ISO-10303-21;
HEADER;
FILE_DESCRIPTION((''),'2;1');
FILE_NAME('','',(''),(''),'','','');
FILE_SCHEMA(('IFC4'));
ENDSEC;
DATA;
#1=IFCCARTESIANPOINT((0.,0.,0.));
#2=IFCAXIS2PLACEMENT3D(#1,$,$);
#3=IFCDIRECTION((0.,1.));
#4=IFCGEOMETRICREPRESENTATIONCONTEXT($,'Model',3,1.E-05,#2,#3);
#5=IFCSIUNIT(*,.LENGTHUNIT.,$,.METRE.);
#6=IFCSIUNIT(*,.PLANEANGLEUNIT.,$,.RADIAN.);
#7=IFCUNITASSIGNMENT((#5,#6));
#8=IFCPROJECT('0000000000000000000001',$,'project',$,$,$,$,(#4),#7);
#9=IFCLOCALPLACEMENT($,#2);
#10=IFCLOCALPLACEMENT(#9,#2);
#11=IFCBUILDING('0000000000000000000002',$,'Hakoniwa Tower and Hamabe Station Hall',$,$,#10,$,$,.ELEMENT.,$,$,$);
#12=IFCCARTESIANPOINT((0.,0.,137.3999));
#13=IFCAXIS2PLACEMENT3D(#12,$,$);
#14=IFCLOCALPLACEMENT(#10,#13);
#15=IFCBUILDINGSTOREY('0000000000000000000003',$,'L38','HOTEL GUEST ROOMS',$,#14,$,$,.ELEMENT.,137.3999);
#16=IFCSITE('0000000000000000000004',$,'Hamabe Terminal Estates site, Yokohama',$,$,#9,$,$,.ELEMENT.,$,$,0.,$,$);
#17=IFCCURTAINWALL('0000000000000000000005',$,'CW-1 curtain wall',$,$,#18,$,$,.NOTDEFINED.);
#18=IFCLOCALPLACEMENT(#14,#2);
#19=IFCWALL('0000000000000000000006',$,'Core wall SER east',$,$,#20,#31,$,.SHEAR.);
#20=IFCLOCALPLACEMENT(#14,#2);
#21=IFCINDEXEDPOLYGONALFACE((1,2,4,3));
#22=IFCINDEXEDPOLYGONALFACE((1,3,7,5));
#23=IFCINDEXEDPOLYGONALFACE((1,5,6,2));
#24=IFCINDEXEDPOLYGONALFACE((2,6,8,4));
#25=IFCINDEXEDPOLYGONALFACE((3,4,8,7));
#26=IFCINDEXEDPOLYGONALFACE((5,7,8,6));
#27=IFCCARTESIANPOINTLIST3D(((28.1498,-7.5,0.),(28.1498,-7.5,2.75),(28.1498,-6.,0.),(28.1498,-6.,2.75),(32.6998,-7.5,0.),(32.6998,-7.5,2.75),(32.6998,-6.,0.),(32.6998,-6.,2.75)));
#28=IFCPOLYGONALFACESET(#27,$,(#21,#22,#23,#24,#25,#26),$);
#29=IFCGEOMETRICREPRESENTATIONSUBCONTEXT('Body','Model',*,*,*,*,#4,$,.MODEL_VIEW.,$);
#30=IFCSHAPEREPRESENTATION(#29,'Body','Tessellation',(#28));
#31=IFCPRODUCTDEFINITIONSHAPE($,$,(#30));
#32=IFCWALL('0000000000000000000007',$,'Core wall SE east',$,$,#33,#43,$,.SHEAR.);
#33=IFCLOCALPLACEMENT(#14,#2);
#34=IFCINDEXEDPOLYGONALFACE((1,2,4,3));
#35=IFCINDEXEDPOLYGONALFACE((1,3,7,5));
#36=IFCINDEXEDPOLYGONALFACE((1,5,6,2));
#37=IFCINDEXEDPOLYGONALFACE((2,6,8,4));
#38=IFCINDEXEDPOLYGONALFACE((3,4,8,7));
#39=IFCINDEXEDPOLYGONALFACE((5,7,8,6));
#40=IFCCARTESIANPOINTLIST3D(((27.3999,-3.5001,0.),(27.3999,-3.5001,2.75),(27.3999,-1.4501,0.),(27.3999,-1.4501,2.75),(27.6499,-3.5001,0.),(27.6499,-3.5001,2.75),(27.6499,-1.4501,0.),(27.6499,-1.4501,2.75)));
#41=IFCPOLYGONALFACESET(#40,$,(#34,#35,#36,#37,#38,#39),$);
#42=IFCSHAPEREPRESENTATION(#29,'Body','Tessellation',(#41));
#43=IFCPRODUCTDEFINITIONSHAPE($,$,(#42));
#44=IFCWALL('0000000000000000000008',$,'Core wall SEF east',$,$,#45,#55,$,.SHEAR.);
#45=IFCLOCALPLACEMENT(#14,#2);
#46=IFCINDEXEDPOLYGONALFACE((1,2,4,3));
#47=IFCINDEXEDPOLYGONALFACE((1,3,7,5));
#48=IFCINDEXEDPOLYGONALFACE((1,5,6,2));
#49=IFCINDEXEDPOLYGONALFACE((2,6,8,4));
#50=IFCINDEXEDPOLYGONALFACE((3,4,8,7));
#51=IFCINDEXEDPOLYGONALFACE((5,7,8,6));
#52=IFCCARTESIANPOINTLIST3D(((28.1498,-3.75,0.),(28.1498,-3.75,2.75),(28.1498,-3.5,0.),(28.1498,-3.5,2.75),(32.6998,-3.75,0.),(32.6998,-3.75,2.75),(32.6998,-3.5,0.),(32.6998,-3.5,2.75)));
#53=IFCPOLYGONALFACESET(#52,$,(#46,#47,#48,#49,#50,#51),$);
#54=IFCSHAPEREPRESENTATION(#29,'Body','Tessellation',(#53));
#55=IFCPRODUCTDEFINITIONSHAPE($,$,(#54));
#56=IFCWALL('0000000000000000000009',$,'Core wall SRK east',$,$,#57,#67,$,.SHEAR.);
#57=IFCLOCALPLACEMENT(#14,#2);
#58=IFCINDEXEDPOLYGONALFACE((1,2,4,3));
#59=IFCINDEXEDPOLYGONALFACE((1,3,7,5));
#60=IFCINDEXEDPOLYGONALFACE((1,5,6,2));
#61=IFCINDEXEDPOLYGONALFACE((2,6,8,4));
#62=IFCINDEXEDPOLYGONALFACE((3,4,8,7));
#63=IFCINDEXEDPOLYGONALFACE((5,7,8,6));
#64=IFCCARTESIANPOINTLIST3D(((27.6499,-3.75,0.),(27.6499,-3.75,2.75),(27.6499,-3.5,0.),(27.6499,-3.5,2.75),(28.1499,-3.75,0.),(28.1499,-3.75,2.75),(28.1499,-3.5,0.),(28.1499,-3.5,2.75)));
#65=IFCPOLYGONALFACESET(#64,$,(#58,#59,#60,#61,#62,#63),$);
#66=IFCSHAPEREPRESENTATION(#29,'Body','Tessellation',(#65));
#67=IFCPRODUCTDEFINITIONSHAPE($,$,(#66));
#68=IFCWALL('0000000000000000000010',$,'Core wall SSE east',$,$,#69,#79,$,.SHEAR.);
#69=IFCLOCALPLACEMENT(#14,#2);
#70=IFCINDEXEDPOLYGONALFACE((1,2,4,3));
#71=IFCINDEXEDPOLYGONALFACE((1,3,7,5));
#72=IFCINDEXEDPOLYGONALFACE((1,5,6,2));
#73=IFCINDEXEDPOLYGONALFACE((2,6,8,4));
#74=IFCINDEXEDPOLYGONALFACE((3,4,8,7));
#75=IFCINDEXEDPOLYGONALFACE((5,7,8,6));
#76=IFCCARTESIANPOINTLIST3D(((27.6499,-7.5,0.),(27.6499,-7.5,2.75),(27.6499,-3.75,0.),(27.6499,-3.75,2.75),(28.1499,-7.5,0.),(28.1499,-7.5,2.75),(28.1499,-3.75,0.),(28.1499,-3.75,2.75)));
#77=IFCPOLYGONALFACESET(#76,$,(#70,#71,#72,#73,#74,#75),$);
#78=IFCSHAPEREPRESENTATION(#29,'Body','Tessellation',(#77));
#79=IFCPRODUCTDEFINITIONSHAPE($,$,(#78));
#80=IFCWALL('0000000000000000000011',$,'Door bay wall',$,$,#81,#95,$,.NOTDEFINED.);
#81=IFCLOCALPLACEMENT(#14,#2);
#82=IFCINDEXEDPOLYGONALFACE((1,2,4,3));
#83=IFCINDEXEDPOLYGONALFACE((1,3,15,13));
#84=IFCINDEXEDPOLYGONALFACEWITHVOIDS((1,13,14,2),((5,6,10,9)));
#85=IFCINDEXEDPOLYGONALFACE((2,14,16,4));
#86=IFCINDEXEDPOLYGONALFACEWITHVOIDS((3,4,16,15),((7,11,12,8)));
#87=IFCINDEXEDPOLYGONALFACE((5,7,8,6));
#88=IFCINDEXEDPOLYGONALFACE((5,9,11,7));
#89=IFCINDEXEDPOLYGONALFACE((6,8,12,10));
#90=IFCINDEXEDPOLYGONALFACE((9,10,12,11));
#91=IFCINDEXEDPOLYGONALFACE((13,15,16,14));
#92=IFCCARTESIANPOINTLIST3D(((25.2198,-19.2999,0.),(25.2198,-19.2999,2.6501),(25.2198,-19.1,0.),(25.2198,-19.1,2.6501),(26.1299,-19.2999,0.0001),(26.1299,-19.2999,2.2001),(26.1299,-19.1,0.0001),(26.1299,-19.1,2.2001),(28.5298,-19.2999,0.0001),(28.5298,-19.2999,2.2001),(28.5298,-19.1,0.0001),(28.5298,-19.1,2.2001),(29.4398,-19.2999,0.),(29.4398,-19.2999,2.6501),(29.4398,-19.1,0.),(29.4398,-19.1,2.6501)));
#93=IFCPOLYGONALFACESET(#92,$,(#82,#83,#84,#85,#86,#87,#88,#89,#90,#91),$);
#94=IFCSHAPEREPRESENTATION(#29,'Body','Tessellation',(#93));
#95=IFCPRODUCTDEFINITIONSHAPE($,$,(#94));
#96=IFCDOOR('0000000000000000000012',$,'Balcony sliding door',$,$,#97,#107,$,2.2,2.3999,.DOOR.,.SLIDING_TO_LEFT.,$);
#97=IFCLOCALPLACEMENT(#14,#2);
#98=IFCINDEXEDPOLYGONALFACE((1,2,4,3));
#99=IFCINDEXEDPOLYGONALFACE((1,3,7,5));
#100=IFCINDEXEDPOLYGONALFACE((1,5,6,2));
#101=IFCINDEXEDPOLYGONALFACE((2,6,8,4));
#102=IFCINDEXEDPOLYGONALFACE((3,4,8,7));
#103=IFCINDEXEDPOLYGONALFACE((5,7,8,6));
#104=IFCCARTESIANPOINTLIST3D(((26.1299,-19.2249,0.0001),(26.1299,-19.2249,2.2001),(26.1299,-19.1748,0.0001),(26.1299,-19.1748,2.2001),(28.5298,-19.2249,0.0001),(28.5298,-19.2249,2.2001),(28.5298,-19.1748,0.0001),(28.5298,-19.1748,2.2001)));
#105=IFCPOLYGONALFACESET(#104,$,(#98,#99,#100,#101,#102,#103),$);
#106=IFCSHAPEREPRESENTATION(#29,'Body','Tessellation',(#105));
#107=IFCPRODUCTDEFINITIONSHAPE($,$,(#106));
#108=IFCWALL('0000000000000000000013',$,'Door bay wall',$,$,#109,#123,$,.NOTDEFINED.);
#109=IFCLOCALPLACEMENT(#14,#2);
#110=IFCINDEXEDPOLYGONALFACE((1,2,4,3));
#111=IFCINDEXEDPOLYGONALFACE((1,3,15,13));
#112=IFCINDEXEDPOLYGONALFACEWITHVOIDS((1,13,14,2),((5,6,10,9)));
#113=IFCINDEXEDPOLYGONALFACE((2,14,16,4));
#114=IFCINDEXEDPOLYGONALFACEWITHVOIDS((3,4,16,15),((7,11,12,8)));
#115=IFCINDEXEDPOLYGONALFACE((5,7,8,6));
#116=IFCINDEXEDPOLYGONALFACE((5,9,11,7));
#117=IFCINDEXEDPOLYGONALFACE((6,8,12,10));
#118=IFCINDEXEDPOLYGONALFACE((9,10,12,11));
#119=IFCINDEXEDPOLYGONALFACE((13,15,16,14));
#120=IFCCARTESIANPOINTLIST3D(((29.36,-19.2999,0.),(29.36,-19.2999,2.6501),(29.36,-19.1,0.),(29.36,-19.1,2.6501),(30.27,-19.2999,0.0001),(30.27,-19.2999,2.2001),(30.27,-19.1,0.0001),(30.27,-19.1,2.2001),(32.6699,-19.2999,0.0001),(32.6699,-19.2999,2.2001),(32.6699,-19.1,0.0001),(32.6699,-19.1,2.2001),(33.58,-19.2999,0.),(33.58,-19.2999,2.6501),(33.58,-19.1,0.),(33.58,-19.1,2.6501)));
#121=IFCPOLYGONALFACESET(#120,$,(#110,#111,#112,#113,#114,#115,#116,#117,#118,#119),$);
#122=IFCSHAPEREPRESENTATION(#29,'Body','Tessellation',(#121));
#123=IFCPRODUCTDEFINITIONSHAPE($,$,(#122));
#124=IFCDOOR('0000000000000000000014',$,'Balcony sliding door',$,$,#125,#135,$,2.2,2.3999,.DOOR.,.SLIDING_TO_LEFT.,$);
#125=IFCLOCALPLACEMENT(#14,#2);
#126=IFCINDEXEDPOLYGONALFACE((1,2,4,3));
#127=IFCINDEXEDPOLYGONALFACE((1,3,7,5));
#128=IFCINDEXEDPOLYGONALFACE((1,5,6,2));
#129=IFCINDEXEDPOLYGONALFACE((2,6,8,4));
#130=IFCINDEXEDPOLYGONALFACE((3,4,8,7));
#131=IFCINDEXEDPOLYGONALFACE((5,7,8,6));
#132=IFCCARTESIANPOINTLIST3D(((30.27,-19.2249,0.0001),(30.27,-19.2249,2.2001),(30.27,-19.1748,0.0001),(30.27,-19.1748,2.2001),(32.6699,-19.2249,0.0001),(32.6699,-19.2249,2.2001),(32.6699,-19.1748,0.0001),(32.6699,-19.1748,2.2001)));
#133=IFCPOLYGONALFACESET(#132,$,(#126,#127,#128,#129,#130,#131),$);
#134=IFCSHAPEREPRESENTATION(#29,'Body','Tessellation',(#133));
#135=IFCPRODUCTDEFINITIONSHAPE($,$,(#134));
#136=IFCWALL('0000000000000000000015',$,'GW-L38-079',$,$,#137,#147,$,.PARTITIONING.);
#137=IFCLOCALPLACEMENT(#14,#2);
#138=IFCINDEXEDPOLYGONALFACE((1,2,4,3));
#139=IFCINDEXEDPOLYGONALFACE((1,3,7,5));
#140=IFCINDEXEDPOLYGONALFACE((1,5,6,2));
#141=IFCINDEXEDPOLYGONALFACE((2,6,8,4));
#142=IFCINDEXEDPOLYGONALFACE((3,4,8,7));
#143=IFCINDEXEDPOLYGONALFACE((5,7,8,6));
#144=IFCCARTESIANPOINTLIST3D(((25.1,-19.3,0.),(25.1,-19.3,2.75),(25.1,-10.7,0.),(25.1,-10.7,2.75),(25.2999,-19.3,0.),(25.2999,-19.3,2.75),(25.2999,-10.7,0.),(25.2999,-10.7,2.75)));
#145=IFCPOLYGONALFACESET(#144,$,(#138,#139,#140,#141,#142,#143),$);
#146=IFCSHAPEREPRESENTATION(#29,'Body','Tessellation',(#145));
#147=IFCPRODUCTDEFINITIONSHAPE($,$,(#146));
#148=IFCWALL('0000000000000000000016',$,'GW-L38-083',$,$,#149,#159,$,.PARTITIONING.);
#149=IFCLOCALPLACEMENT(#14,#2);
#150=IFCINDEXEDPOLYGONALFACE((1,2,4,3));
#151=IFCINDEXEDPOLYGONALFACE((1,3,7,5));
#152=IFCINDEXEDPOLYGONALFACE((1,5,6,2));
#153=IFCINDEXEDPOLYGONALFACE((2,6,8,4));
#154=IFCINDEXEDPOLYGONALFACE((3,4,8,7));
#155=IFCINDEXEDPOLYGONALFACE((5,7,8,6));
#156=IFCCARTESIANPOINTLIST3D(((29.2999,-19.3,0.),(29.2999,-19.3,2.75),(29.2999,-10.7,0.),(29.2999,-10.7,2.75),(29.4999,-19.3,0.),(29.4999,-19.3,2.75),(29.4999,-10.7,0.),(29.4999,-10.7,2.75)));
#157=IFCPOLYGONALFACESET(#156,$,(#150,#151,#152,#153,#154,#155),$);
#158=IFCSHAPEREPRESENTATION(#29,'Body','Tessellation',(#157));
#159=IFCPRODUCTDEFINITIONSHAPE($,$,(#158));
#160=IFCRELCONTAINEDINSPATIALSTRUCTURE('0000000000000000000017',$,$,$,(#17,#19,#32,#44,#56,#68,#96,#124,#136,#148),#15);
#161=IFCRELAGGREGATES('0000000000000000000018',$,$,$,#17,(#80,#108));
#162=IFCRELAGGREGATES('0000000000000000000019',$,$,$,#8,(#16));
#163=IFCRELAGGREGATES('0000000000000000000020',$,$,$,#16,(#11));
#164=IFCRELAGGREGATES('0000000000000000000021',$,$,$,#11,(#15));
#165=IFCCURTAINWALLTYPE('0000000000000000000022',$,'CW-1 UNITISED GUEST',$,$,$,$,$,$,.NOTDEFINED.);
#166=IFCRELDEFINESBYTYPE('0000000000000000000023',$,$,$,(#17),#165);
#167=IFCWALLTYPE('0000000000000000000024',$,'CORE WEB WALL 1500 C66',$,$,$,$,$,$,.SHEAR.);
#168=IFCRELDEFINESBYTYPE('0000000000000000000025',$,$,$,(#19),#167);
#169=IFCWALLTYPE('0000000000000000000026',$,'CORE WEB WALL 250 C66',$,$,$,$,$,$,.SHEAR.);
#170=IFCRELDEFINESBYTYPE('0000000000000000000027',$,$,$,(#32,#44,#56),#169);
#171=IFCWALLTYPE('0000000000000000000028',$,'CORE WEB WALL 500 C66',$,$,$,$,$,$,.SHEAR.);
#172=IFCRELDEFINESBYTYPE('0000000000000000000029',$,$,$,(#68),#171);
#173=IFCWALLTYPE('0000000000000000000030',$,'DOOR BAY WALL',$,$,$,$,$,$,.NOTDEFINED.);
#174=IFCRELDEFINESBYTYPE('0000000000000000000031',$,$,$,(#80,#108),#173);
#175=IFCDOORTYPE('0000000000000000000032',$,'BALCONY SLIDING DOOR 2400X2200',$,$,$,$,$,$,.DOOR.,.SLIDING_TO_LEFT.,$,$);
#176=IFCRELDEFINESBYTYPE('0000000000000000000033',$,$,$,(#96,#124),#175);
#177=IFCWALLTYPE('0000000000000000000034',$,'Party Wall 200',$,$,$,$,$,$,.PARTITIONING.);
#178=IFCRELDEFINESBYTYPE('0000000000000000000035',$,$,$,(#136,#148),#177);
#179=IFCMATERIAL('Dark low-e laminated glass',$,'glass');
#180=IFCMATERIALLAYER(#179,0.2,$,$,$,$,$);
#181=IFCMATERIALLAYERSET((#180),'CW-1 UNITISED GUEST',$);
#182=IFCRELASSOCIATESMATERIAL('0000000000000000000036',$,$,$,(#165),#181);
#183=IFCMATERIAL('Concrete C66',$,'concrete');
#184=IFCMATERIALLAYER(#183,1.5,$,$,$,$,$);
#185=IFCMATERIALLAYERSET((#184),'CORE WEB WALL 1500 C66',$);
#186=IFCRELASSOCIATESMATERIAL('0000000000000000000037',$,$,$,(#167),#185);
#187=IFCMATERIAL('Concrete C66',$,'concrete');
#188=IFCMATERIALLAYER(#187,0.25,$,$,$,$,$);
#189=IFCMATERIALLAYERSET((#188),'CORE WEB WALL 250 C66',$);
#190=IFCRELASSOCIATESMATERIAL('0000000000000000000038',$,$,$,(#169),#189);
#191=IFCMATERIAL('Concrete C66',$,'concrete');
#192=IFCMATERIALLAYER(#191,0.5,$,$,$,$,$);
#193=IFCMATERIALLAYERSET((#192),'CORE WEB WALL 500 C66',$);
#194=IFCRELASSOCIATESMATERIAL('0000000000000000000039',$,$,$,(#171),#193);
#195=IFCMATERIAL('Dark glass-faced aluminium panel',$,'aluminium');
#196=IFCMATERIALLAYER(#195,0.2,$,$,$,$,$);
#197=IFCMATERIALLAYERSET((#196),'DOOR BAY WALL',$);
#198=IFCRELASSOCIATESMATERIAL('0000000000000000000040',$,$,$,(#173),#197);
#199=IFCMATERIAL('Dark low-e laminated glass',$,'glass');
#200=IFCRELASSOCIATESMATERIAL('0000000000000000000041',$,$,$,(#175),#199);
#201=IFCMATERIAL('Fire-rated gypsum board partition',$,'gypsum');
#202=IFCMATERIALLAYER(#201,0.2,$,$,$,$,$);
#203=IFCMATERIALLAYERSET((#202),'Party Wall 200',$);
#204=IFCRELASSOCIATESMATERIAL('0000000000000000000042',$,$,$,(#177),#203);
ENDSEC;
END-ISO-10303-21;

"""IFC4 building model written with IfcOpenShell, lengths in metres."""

from ifc_helpers import new_model, si_unit, direction, frame, frame_2d, origin, place, context, subcontext, project, spatial, rectangle, extrude, material, layer, layer_set, type_object, element, fill, aggregate, save


model = new_model("IFC4")

# Units and contexts
model_context = context("Model", 3, precision=1e-05, world=origin(), true_north=direction((0.0, 1.0)))
body_context = subcontext(model_context, "Body", "Model", "MODEL_VIEW")
ifc_project = project(units=[si_unit("LENGTHUNIT", "METRE"), si_unit("PLANEANGLEUNIT", "RADIAN")], contexts=[model_context])

# Site, building, storey
site_placement = place(None, origin())
site = spatial("IfcSite", under=ifc_project, at=site_placement, Name="Hamabe Terminal Estates site, Yokohama", CompositionType="ELEMENT", RefElevation=0.0)
building_placement = place(site_placement, origin())
building = spatial("IfcBuilding", under=site, at=building_placement, Name="Hakoniwa Tower and Hamabe Station Hall", CompositionType="ELEMENT")
storey_placement = place(building_placement, frame((0.0, 0.0, 137.3999)))
storey = spatial("IfcBuildingStorey", under=building, at=storey_placement, Name="L38", Description="HOTEL GUEST ROOMS", CompositionType="ELEMENT", Elevation=137.3999)

# Curtain wall
ifc_material_1 = material(Name="Dark low-e laminated glass", Category="glass")
ifc_layer_1 = layer(ifc_material_1, 0.2)
ifc_layer_set_1 = layer_set([ifc_layer_1], Name="CW-1 UNITISED GUEST")
curtain_wall_type = type_object("IfcCurtainWallType", Name="CW-1 UNITISED GUEST", PredefinedType="NOTDEFINED", material=ifc_layer_set_1)
curtain_wall_placement = place(storey_placement, origin())
curtain_wall = element("IfcCurtainWall", 1, at=curtain_wall_placement, inside=storey, type_object=curtain_wall_type, Name="CW-1 curtain wall", PredefinedType="NOTDEFINED")

# Walls
ifc_material_2 = material(Name="Concrete C66", Category="concrete")
ifc_layer_2 = layer(ifc_material_2, 1.5)
ifc_layer_set_2 = layer_set([ifc_layer_2], Name="CORE WEB WALL 1500 C66")
wall_type_1 = type_object("IfcWallType", Name="CORE WEB WALL 1500 C66", PredefinedType="SHEAR", material=ifc_layer_set_2)
wall_1_placement = place(storey_placement, frame((28.1499, -6.75, 0.0), z_axis=(0.0, 0.0, 1.0), x_axis=(1.0, 0.0, 0.0)))
element("IfcWall", 2, at=wall_1_placement, inside=storey, type_object=wall_type_1, Name="Core wall SER east", PredefinedType="SHEAR", context=body_context, shape_type="SweptSolid", body=[
    extrude(rectangle(XDim=4.55, YDim=1.5, at=frame_2d((2.2749, 0.0))), origin(), (0.0, 0.0, 1.0), 2.75),
])
ifc_material_3 = material(Name="Concrete C66", Category="concrete")
ifc_layer_3 = layer(ifc_material_3, 0.25)
ifc_layer_set_3 = layer_set([ifc_layer_3], Name="CORE WEB WALL 250 C66")
wall_type_2 = type_object("IfcWallType", Name="CORE WEB WALL 250 C66", PredefinedType="SHEAR", material=ifc_layer_set_3)
wall_2_placement = place(storey_placement, frame((27.5249, -3.5, 0.0), z_axis=(0.0, 0.0, 1.0), x_axis=(0.0, 1.0, 0.0)))
element("IfcWall", 3, at=wall_2_placement, inside=storey, type_object=wall_type_2, Name="Core wall SE east", PredefinedType="SHEAR", context=body_context, shape_type="SweptSolid", body=[
    extrude(rectangle(XDim=2.05, YDim=0.25, at=frame_2d((1.0249, 0.0))), origin(), (0.0, 0.0, 1.0), 2.75),
])
wall_3_placement = place(storey_placement, frame((28.1499, -3.625, 0.0), z_axis=(0.0, 0.0, 1.0), x_axis=(1.0, 0.0, 0.0)))
element("IfcWall", 4, at=wall_3_placement, inside=storey, type_object=wall_type_2, Name="Core wall SEF east", PredefinedType="SHEAR", context=body_context, shape_type="SweptSolid", body=[
    extrude(rectangle(XDim=4.55, YDim=0.25, at=frame_2d((2.2749, 0.0))), origin(), (0.0, 0.0, 1.0), 2.75),
])
wall_4_placement = place(storey_placement, frame((27.6499, -3.625, 0.0), z_axis=(0.0, 0.0, 1.0), x_axis=(1.0, 0.0, 0.0)))
element("IfcWall", 5, at=wall_4_placement, inside=storey, type_object=wall_type_2, Name="Core wall SRK east", PredefinedType="SHEAR", context=body_context, shape_type="SweptSolid", body=[
    extrude(rectangle(XDim=0.5, YDim=0.25, at=frame_2d((0.25, 0.0))), origin(), (0.0, 0.0, 1.0), 2.75),
])
ifc_material_4 = material(Name="Concrete C66", Category="concrete")
ifc_layer_4 = layer(ifc_material_4, 0.5)
ifc_layer_set_4 = layer_set([ifc_layer_4], Name="CORE WEB WALL 500 C66")
wall_type_3 = type_object("IfcWallType", Name="CORE WEB WALL 500 C66", PredefinedType="SHEAR", material=ifc_layer_set_4)
wall_5_placement = place(storey_placement, frame((27.8999, -7.5, 0.0), z_axis=(0.0, 0.0, 1.0), x_axis=(0.0, 1.0, 0.0)))
element("IfcWall", 6, at=wall_5_placement, inside=storey, type_object=wall_type_3, Name="Core wall SSE east", PredefinedType="SHEAR", context=body_context, shape_type="SweptSolid", body=[
    extrude(rectangle(XDim=3.75, YDim=0.5, at=frame_2d((1.875, 0.0))), origin(), (0.0, 0.0, 1.0), 2.75),
])

# Walls, openings, doors
ifc_material_5 = material(Name="Dark glass-faced aluminium panel", Category="aluminium")
ifc_layer_5 = layer(ifc_material_5, 0.2)
ifc_layer_set_5 = layer_set([ifc_layer_5], Name="DOOR BAY WALL")
wall_type_4 = type_object("IfcWallType", Name="DOOR BAY WALL", PredefinedType="NOTDEFINED", material=ifc_layer_set_5)
wall_6_placement = place(storey_placement, frame((25.22, -19.2, 0.0), z_axis=(0.0, 0.0, 1.0), x_axis=(1.0, 0.0, 0.0)))
wall_6 = element("IfcWall", 7, at=wall_6_placement, type_object=wall_type_4, Name="Door bay wall", PredefinedType="NOTDEFINED", context=body_context, shape_type="SweptSolid", body=[
    extrude(rectangle(XDim=4.22, YDim=0.2, at=frame_2d((2.1099, 0.0))), origin(), (0.0, 0.0, 1.0), 2.6501),
])
opening_1_placement = place(wall_6_placement, frame((0.9099, 0.0, 0.0)))
opening_1 = element("IfcOpeningElement", 8, at=opening_1_placement, cuts=wall_6, PredefinedType="OPENING", context=body_context, shape_type="SweptSolid", body=[
    extrude(rectangle(XDim=2.3999, YDim=2.2, at=frame_2d((1.2, 1.1001))), frame((0.0, 0.1099, 0.0), z_axis=(0.0, -1.0, 0.0), x_axis=(1.0, 0.0, 0.0)), (0.0, 0.0, 1.0), 0.22),
])
ifc_material_6 = material(Name="Dark low-e laminated glass", Category="glass")
door_type_1 = type_object("IfcDoorType", Name="BALCONY SLIDING DOOR 2400X2200", OperationType="SLIDING_TO_LEFT", PredefinedType="DOOR", material=ifc_material_6)
door_1_placement = place(opening_1_placement, frame((2.3999, 0.0, 0.0), z_axis=(0.0, 0.0, 1.0), x_axis=(-1.0, 0.0, 0.0)))
door_1 = element("IfcDoor", 9, at=door_1_placement, inside=storey, type_object=door_type_1, Name="Balcony sliding door", OperationType="SLIDING_TO_LEFT", OverallHeight=2.2, OverallWidth=2.3999, PredefinedType="DOOR", context=body_context, shape_type="SweptSolid", body=[
    extrude(rectangle(XDim=2.3999, YDim=2.2, at=frame_2d((1.2, 1.1001))), frame((0.0, 0.0249, 0.0), z_axis=(0.0, -1.0, 0.0), x_axis=(1.0, 0.0, 0.0)), (0.0, 0.0, 1.0), 0.05),
])
fill(opening_1, door_1)
wall_7_placement = place(storey_placement, frame((29.3601, -19.2, 0.0), z_axis=(0.0, 0.0, 1.0), x_axis=(1.0, 0.0, 0.0)))
wall_7 = element("IfcWall", 10, at=wall_7_placement, type_object=wall_type_4, Name="Door bay wall", PredefinedType="NOTDEFINED", context=body_context, shape_type="SweptSolid", body=[
    extrude(rectangle(XDim=4.22, YDim=0.2, at=frame_2d((2.1099, 0.0))), origin(), (0.0, 0.0, 1.0), 2.6501),
])
opening_2_placement = place(wall_7_placement, frame((0.9099, 0.0, 0.0)))
opening_2 = element("IfcOpeningElement", 11, at=opening_2_placement, cuts=wall_7, PredefinedType="OPENING", context=body_context, shape_type="SweptSolid", body=[
    extrude(rectangle(XDim=2.3999, YDim=2.2, at=frame_2d((1.2, 1.1001))), frame((0.0, 0.1099, 0.0), z_axis=(0.0, -1.0, 0.0), x_axis=(1.0, 0.0, 0.0)), (0.0, 0.0, 1.0), 0.22),
])
door_2_placement = place(opening_2_placement, frame((2.3999, 0.0, 0.0), z_axis=(0.0, 0.0, 1.0), x_axis=(-1.0, 0.0, 0.0)))
door_2 = element("IfcDoor", 12, at=door_2_placement, inside=storey, type_object=door_type_1, Name="Balcony sliding door", OperationType="SLIDING_TO_LEFT", OverallHeight=2.2, OverallWidth=2.3999, PredefinedType="DOOR", context=body_context, shape_type="SweptSolid", body=[
    extrude(rectangle(XDim=2.3999, YDim=2.2, at=frame_2d((1.2, 1.1001))), frame((0.0, 0.0249, 0.0), z_axis=(0.0, -1.0, 0.0), x_axis=(1.0, 0.0, 0.0)), (0.0, 0.0, 1.0), 0.05),
])
fill(opening_2, door_2)
aggregate(curtain_wall, [wall_6, wall_7])

# Walls
ifc_material_7 = material(Name="Fire-rated gypsum board partition", Category="gypsum")
ifc_layer_6 = layer(ifc_material_7, 0.2)
ifc_layer_set_6 = layer_set([ifc_layer_6], Name="Party Wall 200")
wall_type_5 = type_object("IfcWallType", Name="Party Wall 200", PredefinedType="PARTITIONING", material=ifc_layer_set_6)
for number, where, z_axis, x_axis, name in (
    (13, (25.2, -19.3, 0.0), (0.0, 0.0, 1.0), (0.0, 1.0, 0.0), "GW-L38-079"),
    (14, (29.3999, -19.3, 0.0), (0.0, 0.0, 1.0), (0.0, 1.0, 0.0), "GW-L38-083"),
):
    element("IfcWall", number, at=place(storey_placement, frame(where, z_axis=z_axis, x_axis=x_axis)), inside=storey, type_object=wall_type_5, Name=name, PredefinedType="PARTITIONING", context=body_context, shape_type="SweptSolid", body=[
        extrude(rectangle(XDim=8.6001, YDim=0.2, at=frame_2d((4.3, 0.0))), origin(), (0.0, 0.0, 1.0), 2.75),
    ])

save(model, "model.ifc")
